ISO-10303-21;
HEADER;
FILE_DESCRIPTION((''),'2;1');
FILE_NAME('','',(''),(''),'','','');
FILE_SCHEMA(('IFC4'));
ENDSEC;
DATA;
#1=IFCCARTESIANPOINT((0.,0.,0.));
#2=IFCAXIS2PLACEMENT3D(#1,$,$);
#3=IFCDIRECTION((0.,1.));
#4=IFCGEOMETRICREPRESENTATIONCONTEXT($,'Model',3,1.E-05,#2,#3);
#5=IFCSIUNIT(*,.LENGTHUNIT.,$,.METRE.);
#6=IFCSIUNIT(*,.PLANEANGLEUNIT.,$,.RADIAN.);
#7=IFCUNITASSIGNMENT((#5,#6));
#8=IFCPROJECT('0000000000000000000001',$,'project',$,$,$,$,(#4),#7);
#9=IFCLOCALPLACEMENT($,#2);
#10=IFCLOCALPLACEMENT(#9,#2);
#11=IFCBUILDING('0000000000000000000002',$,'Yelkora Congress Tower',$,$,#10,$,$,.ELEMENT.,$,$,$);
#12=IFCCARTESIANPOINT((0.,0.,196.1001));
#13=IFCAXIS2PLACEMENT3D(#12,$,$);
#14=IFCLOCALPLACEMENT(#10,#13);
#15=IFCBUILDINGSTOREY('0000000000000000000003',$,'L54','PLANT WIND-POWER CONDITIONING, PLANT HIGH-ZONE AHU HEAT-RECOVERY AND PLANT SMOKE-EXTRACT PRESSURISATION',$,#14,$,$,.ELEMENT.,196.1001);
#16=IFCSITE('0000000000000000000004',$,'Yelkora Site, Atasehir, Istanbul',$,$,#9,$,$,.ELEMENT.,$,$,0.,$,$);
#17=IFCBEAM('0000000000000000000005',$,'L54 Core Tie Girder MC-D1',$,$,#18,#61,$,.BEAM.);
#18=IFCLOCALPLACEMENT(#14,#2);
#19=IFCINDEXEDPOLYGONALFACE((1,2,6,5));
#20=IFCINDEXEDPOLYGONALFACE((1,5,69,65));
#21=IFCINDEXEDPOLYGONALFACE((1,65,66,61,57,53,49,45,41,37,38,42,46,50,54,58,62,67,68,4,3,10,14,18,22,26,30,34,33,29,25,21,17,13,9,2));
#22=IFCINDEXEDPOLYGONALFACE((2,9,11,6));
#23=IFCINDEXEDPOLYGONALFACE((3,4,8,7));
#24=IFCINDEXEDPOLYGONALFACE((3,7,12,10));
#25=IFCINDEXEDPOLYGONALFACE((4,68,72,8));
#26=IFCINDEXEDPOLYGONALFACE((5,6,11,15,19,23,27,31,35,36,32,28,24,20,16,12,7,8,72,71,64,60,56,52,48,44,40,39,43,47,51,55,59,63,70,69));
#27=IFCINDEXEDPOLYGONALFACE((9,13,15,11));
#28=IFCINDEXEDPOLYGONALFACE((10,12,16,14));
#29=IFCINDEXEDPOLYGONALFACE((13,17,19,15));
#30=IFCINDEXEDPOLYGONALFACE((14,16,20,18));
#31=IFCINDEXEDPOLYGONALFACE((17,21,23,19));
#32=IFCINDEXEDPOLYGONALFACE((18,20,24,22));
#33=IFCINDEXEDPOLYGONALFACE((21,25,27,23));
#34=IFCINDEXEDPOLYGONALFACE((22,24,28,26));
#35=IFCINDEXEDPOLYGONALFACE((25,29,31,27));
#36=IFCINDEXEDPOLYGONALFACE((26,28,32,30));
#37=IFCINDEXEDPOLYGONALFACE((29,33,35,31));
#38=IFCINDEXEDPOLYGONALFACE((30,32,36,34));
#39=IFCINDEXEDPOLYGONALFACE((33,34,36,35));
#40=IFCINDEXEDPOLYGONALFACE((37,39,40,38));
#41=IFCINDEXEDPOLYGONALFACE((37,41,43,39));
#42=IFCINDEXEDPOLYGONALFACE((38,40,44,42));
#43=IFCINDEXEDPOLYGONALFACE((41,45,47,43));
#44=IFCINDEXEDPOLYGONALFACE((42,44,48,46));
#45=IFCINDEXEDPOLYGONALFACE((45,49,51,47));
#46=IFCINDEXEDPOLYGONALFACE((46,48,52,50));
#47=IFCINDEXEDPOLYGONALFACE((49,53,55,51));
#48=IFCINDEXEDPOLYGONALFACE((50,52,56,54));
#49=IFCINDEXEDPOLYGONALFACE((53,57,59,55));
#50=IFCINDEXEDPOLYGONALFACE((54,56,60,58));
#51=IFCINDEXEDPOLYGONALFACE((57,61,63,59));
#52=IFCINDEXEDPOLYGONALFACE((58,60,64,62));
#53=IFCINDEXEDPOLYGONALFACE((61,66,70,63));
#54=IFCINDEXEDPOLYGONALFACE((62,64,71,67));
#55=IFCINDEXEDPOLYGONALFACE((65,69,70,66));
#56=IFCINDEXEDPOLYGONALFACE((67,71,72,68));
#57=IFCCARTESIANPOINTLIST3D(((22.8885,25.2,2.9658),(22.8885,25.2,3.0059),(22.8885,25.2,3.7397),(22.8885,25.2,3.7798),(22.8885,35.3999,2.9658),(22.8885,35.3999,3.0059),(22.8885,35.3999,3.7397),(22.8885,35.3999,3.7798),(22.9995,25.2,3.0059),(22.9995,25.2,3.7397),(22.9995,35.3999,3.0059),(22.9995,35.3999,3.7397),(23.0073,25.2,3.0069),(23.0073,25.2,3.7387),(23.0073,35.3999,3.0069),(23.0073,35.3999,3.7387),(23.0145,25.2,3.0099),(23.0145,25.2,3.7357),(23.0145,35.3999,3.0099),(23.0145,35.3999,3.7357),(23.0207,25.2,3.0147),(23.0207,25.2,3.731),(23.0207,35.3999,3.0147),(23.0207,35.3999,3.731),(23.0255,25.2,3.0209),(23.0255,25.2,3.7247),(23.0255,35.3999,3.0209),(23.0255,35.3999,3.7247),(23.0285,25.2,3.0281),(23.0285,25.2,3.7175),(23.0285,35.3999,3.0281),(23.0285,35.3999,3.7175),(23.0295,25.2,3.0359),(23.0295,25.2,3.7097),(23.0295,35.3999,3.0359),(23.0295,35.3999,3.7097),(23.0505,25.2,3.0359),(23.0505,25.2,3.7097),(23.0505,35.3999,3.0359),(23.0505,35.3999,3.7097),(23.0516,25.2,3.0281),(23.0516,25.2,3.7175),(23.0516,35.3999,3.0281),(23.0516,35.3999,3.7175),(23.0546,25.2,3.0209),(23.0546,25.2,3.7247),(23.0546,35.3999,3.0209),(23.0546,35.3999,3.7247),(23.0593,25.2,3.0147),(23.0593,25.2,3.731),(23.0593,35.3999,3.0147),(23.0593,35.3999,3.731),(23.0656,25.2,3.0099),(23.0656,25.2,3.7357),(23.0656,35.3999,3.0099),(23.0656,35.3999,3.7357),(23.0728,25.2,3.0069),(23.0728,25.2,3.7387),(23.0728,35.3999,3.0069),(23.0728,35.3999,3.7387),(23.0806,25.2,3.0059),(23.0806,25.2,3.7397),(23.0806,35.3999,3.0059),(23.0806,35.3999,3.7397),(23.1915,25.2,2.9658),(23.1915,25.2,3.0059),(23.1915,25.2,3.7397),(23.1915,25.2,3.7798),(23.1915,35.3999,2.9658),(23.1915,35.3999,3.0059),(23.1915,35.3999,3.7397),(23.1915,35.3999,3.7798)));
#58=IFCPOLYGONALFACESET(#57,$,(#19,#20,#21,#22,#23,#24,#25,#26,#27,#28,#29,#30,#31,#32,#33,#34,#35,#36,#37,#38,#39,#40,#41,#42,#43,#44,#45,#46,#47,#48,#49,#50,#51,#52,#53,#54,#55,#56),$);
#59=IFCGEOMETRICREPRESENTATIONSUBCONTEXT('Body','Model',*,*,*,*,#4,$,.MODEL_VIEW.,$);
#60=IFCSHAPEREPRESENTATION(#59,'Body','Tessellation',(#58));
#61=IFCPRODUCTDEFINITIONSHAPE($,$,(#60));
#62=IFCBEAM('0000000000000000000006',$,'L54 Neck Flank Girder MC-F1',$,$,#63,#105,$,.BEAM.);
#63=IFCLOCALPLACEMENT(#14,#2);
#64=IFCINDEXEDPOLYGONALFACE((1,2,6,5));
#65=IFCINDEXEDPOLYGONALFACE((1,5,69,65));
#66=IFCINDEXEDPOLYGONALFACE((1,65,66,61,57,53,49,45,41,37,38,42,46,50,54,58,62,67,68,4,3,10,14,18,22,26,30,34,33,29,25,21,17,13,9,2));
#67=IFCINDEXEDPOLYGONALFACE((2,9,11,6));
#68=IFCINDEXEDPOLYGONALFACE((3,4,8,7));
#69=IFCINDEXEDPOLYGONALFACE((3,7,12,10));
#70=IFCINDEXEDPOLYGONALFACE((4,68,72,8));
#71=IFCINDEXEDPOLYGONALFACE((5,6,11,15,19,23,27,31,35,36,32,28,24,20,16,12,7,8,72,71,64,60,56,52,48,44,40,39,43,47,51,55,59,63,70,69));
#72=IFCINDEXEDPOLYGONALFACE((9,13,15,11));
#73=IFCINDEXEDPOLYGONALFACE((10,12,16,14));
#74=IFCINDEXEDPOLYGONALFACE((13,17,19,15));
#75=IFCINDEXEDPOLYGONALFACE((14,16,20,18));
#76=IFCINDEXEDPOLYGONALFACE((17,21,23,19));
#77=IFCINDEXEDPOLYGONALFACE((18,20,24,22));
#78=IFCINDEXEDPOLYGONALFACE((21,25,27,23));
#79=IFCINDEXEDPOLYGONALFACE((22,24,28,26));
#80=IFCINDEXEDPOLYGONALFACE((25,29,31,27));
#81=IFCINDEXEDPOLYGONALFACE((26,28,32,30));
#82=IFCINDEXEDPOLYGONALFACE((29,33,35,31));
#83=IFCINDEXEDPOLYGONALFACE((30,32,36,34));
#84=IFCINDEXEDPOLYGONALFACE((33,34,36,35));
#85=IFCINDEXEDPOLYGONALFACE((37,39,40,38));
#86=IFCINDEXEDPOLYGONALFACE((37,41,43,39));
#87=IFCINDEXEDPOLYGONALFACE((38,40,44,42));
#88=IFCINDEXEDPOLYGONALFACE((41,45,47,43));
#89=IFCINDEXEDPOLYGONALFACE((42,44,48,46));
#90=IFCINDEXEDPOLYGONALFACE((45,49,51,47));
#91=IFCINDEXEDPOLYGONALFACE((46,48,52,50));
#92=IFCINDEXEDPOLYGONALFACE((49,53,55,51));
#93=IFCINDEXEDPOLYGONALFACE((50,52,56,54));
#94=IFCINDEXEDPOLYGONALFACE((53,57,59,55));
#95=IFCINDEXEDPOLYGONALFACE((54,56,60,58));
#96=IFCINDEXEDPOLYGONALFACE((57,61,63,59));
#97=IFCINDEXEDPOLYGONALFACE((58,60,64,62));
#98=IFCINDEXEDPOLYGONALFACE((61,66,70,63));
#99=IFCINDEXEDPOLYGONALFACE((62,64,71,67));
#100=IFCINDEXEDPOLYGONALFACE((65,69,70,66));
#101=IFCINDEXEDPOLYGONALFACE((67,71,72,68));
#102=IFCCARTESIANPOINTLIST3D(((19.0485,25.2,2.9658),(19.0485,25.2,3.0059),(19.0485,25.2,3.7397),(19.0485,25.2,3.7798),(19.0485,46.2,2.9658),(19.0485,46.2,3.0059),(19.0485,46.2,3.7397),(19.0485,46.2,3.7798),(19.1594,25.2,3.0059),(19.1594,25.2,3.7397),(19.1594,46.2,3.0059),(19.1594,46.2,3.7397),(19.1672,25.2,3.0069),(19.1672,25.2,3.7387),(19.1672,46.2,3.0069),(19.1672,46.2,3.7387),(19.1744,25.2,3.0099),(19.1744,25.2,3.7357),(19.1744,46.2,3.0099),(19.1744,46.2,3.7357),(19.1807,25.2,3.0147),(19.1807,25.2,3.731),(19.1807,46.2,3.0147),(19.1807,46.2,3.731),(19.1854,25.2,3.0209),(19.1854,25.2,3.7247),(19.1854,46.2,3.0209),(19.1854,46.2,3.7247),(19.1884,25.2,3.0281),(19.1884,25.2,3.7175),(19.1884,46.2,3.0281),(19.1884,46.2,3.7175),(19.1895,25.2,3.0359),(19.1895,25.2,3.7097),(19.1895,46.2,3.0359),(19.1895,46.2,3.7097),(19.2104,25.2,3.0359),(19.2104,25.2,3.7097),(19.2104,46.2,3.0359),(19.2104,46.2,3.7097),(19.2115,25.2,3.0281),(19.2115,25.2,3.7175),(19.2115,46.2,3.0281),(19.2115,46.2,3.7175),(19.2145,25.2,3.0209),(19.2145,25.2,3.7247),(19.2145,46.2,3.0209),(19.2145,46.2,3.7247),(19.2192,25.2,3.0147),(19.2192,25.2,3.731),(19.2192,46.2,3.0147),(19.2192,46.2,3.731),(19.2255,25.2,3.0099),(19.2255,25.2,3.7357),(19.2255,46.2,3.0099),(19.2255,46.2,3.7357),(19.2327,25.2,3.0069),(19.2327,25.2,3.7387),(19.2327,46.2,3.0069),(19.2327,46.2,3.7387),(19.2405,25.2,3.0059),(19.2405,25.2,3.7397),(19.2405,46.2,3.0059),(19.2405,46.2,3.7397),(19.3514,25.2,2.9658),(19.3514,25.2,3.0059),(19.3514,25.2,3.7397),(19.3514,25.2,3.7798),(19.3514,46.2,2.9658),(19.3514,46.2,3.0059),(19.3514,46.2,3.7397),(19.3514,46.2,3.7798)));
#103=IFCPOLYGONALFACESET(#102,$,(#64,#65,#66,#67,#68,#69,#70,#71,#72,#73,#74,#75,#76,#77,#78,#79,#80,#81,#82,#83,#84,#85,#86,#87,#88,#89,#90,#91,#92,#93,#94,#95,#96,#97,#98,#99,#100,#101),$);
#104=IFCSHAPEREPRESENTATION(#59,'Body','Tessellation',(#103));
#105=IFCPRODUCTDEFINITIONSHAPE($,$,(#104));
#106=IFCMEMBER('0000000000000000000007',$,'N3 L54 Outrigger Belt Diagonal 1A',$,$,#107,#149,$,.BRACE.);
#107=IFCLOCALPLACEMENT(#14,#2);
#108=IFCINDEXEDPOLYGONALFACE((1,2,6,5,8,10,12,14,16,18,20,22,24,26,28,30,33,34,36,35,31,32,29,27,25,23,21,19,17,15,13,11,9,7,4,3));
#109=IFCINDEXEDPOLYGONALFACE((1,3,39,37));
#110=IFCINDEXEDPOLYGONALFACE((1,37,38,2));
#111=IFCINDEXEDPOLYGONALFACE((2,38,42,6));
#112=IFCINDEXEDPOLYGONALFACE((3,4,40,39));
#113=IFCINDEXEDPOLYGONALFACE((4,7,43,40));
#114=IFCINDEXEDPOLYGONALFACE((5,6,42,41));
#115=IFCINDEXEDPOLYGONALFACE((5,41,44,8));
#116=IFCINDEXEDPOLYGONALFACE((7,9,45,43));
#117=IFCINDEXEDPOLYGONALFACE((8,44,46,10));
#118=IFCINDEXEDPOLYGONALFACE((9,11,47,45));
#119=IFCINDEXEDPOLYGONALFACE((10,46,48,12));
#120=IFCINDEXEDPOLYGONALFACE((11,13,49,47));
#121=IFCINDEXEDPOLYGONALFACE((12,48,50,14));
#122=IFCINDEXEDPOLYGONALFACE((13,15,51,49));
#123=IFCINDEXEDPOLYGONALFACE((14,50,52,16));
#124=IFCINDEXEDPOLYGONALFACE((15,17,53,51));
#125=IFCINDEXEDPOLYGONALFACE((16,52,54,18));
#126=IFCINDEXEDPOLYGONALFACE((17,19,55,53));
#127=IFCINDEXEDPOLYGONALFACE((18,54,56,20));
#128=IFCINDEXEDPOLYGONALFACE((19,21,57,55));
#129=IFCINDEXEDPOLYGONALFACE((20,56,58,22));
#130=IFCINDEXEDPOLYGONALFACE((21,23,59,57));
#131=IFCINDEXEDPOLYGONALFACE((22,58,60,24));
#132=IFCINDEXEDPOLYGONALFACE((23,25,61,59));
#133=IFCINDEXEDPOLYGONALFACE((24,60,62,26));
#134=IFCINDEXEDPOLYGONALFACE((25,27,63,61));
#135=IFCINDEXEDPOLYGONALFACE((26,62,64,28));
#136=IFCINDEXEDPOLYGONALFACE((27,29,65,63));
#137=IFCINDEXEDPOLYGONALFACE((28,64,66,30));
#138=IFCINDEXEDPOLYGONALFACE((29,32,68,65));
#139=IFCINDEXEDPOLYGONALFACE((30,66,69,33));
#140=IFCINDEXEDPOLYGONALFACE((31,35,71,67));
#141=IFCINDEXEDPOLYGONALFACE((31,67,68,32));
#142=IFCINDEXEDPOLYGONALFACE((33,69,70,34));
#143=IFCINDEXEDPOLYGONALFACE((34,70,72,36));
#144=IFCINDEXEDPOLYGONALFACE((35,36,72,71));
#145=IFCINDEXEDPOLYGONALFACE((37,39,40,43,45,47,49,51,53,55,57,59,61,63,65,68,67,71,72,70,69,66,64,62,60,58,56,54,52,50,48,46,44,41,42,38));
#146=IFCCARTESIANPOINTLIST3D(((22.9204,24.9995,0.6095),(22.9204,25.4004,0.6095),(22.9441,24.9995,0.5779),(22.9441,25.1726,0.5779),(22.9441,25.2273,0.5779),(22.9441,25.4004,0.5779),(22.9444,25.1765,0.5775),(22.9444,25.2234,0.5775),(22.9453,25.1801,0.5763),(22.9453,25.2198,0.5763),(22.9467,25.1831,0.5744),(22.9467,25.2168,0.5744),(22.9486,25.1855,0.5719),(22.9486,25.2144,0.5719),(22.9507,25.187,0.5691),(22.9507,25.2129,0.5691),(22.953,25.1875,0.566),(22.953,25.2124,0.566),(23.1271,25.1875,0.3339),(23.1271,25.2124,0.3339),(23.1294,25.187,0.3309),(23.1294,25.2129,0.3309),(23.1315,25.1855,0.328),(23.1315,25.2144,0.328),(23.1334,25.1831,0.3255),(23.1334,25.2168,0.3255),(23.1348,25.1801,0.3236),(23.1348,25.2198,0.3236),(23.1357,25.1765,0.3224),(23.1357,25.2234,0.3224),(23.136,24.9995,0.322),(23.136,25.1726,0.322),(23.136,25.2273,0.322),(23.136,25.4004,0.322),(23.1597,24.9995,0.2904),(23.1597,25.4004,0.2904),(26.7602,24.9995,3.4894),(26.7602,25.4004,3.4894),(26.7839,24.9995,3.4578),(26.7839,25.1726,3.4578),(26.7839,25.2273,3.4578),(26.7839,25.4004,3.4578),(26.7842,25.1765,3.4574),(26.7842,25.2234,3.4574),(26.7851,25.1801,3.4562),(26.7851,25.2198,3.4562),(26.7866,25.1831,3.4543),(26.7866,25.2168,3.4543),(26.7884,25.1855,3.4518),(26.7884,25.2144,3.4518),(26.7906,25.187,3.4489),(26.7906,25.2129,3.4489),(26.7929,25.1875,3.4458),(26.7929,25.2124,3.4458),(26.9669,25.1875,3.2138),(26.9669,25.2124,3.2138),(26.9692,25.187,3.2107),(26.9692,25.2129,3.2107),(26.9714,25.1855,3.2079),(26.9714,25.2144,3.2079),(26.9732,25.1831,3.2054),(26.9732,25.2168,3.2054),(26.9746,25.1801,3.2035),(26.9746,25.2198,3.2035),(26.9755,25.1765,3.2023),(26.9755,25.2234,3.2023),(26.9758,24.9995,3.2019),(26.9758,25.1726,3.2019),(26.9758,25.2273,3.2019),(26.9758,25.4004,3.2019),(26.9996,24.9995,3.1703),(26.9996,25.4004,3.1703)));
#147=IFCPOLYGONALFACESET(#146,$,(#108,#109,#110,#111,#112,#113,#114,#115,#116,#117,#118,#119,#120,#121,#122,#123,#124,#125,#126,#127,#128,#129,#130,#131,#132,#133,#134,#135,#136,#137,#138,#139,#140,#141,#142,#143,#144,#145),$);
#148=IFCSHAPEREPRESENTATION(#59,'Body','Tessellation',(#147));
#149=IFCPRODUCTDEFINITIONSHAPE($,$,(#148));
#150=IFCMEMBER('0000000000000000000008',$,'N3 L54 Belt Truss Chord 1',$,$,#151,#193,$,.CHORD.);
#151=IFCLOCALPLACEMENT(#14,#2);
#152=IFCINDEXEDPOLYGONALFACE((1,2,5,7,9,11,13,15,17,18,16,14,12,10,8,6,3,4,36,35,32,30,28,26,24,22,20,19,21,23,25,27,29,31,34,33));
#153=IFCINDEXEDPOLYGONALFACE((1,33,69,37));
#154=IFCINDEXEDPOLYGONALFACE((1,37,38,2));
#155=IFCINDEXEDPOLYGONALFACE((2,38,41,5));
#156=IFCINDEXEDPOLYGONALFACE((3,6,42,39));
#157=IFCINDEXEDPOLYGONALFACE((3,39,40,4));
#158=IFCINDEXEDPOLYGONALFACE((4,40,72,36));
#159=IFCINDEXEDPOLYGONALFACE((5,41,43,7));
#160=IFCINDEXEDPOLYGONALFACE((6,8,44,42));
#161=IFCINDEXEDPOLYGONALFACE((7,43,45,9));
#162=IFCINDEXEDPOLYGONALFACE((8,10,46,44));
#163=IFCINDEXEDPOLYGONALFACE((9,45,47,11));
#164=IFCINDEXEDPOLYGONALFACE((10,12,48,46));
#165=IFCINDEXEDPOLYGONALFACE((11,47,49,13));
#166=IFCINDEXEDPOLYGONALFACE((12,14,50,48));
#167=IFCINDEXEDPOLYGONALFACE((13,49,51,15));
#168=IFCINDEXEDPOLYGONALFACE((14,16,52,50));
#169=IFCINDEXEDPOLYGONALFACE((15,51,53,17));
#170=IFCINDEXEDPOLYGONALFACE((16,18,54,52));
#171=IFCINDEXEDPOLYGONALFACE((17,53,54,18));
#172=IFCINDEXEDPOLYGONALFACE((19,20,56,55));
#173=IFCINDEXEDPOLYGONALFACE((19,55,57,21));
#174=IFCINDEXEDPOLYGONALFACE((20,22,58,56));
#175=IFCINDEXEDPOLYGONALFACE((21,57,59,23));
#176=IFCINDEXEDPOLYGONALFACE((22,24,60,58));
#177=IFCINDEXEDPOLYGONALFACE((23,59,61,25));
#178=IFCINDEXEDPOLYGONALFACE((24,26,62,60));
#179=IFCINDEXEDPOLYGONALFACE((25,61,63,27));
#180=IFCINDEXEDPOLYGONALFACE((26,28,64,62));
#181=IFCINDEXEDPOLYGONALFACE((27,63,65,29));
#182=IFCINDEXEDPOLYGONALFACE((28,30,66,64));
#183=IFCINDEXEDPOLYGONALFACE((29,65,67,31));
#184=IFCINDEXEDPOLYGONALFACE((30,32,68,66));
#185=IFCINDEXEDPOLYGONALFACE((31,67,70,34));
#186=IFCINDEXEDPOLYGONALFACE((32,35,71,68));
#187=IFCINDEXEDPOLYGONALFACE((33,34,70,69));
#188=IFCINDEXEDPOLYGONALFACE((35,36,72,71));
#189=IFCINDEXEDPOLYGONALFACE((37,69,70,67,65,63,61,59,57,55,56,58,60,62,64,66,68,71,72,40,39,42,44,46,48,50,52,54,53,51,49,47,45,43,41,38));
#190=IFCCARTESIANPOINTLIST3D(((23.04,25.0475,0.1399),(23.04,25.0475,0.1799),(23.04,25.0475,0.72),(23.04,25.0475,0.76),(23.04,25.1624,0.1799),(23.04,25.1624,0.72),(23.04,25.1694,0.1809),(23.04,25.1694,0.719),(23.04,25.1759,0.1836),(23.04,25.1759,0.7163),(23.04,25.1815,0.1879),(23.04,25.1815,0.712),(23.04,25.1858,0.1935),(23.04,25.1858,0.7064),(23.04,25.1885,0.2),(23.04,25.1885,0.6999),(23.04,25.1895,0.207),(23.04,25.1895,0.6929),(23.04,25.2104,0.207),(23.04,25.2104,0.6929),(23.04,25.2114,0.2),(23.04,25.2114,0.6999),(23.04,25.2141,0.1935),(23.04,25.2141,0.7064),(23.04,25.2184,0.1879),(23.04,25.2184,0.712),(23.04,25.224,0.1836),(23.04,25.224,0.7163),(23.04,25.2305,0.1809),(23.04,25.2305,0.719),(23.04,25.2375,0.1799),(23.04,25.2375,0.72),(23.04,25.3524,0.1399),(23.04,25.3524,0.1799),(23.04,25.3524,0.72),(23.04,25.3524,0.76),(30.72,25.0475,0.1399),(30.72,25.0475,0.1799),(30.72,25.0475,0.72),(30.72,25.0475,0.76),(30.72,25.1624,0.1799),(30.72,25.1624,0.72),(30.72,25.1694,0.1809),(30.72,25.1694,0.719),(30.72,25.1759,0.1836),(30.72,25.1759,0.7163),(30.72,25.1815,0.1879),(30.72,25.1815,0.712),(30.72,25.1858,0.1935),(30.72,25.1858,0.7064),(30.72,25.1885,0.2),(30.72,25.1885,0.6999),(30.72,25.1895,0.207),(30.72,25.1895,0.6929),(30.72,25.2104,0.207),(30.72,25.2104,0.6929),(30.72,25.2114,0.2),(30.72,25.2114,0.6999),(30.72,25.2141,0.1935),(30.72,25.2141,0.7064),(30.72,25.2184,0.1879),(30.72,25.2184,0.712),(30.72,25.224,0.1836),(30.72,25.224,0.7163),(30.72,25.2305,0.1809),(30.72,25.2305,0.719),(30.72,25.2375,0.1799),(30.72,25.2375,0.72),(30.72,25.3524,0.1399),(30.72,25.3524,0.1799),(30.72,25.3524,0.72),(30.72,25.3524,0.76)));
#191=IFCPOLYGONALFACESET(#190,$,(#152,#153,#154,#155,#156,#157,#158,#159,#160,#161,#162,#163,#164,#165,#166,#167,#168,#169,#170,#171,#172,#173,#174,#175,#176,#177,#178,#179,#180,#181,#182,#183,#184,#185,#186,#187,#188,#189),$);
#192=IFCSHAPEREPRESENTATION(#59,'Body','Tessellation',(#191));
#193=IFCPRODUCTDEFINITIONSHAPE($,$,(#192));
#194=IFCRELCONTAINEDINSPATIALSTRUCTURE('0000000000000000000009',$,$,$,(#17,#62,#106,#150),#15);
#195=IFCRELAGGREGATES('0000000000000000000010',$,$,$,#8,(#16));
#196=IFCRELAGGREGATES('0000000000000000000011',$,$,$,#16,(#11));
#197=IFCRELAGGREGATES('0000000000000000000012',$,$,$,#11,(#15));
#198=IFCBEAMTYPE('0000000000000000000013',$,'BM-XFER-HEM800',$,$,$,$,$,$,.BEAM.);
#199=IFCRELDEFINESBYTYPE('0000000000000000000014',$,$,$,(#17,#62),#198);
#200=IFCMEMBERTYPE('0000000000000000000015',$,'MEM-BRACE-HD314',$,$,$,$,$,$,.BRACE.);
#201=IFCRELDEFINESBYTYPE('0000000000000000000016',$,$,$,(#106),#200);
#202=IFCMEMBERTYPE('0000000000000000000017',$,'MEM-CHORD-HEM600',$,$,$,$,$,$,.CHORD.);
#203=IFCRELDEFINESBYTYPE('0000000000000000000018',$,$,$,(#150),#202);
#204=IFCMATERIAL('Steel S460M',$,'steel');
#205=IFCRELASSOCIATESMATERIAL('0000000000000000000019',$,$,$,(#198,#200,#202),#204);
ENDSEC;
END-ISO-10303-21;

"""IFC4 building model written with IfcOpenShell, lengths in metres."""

from ifc_helpers import new_model, si_unit, direction, frame, origin, origin_2d, place, context, subcontext, project, spatial, i_section, extrude, material, material_profile, profile_set, type_object, element, save


model = new_model("IFC4")

# Units and contexts
model_context = context("Model", 3, precision=1e-05, world=origin(), true_north=direction((0.0, 1.0)))
body_context = subcontext(model_context, "Body", "Model", "MODEL_VIEW")
ifc_project = project(units=[si_unit("LENGTHUNIT", "METRE"), si_unit("PLANEANGLEUNIT", "RADIAN")], contexts=[model_context])

# Site, building, storey
site_placement = place(None, origin())
site = spatial("IfcSite", under=ifc_project, at=site_placement, Name="Yelkora Site, Atasehir, Istanbul", CompositionType="ELEMENT", RefElevation=0.0)
building_placement = place(site_placement, origin())
building = spatial("IfcBuilding", under=site, at=building_placement, Name="Yelkora Congress Tower", CompositionType="ELEMENT")
storey_placement = place(building_placement, frame((0.0, 0.0, 196.1001)))
storey = spatial("IfcBuildingStorey", under=building, at=storey_placement, Name="L54", Description="PLANT WIND-POWER CONDITIONING, PLANT HIGH-ZONE AHU HEAT-RECOVERY AND PLANT SMOKE-EXTRACT PRESSURISATION", CompositionType="ELEMENT", Elevation=196.1001)

# Shared definitions
ifc_material_1 = material(Name="Steel S460M", Category="steel")

# Beams
ifc_material_profile_1 = material_profile(ifc_material_1, i_section(OverallWidth=0.303, OverallDepth=0.814, WebThickness=0.021, FlangeThickness=0.04, FilletRadius=0.03, at=origin_2d()), Name="HEM 800")
ifc_profile_set_1 = profile_set([ifc_material_profile_1], Name="Steel S460M")
beam_type = type_object("IfcBeamType", Name="BM-XFER-HEM800", PredefinedType="BEAM", material=ifc_profile_set_1)
beam_1_placement = place(storey_placement, frame((23.04, 25.2, 3.3728), z_axis=(0.0, 1.0, 0.0), x_axis=(-1.0, 0.0, 0.0)))
element("IfcBeam", 1, at=beam_1_placement, inside=storey, type_object=beam_type, Name="L54 Core Tie Girder MC-D1", PredefinedType="BEAM", context=body_context, shape_type="SweptSolid", body=[
    extrude(i_section(OverallWidth=0.303, OverallDepth=0.814, WebThickness=0.021, FlangeThickness=0.04, FilletRadius=0.03, at=origin_2d()), origin(), (0.0, 0.0, 1.0), 10.2),
])
beam_2_placement = place(storey_placement, frame((19.2, 25.2, 3.3728), z_axis=(0.0, 1.0, 0.0), x_axis=(-1.0, 0.0, 0.0)))
element("IfcBeam", 2, at=beam_2_placement, inside=storey, type_object=beam_type, Name="L54 Neck Flank Girder MC-F1", PredefinedType="BEAM", context=body_context, shape_type="SweptSolid", body=[
    extrude(i_section(OverallWidth=0.303, OverallDepth=0.814, WebThickness=0.021, FlangeThickness=0.04, FilletRadius=0.03, at=origin_2d()), origin(), (0.0, 0.0, 1.0), 21.0),
])

# Members
ifc_material_profile_2 = material_profile(ifc_material_1, i_section(OverallWidth=0.4009, OverallDepth=0.3989, WebThickness=0.0249, FlangeThickness=0.0396, FilletRadius=0.0149, at=origin_2d()), Name="HD 400x314")
ifc_profile_set_2 = profile_set([ifc_material_profile_2], Name="Steel S460M")
member_type_1 = type_object("IfcMemberType", Name="MEM-BRACE-HD314", PredefinedType="BRACE", material=ifc_profile_set_2)
member_1_placement = place(storey_placement, frame((23.04, 25.2, 0.45), z_axis=(0.8, 0.0, 0.6), x_axis=(0.0, 1.0, 0.0)))
element("IfcMember", 3, at=member_1_placement, inside=storey, type_object=member_type_1, Name="N3 L54 Outrigger Belt Diagonal 1A", PredefinedType="BRACE", context=body_context, shape_type="SweptSolid", body=[
    extrude(i_section(OverallWidth=0.4009, OverallDepth=0.3989, WebThickness=0.0249, FlangeThickness=0.0396, FilletRadius=0.0149, at=origin_2d()), origin(), (0.0, 0.0, 1.0), 4.7998),
])
ifc_material_profile_3 = material_profile(ifc_material_1, i_section(OverallWidth=0.3049, OverallDepth=0.6201, WebThickness=0.021, FlangeThickness=0.04, FilletRadius=0.0271, at=origin_2d()), Name="HEM 600")
ifc_profile_set_3 = profile_set([ifc_material_profile_3], Name="Steel S460M")
member_type_2 = type_object("IfcMemberType", Name="MEM-CHORD-HEM600", PredefinedType="CHORD", material=ifc_profile_set_3)
member_2_placement = place(storey_placement, frame((23.04, 25.2, 0.45), z_axis=(1.0, 0.0, 0.0), x_axis=(0.0, 1.0, 0.0)))
element("IfcMember", 4, at=member_2_placement, inside=storey, type_object=member_type_2, Name="N3 L54 Belt Truss Chord 1", PredefinedType="CHORD", context=body_context, shape_type="SweptSolid", body=[
    extrude(i_section(OverallWidth=0.3049, OverallDepth=0.6201, WebThickness=0.021, FlangeThickness=0.04, FilletRadius=0.0271, at=origin_2d()), origin(), (0.0, 0.0, 1.0), 7.6799),
])

save(model, "model.ifc")
